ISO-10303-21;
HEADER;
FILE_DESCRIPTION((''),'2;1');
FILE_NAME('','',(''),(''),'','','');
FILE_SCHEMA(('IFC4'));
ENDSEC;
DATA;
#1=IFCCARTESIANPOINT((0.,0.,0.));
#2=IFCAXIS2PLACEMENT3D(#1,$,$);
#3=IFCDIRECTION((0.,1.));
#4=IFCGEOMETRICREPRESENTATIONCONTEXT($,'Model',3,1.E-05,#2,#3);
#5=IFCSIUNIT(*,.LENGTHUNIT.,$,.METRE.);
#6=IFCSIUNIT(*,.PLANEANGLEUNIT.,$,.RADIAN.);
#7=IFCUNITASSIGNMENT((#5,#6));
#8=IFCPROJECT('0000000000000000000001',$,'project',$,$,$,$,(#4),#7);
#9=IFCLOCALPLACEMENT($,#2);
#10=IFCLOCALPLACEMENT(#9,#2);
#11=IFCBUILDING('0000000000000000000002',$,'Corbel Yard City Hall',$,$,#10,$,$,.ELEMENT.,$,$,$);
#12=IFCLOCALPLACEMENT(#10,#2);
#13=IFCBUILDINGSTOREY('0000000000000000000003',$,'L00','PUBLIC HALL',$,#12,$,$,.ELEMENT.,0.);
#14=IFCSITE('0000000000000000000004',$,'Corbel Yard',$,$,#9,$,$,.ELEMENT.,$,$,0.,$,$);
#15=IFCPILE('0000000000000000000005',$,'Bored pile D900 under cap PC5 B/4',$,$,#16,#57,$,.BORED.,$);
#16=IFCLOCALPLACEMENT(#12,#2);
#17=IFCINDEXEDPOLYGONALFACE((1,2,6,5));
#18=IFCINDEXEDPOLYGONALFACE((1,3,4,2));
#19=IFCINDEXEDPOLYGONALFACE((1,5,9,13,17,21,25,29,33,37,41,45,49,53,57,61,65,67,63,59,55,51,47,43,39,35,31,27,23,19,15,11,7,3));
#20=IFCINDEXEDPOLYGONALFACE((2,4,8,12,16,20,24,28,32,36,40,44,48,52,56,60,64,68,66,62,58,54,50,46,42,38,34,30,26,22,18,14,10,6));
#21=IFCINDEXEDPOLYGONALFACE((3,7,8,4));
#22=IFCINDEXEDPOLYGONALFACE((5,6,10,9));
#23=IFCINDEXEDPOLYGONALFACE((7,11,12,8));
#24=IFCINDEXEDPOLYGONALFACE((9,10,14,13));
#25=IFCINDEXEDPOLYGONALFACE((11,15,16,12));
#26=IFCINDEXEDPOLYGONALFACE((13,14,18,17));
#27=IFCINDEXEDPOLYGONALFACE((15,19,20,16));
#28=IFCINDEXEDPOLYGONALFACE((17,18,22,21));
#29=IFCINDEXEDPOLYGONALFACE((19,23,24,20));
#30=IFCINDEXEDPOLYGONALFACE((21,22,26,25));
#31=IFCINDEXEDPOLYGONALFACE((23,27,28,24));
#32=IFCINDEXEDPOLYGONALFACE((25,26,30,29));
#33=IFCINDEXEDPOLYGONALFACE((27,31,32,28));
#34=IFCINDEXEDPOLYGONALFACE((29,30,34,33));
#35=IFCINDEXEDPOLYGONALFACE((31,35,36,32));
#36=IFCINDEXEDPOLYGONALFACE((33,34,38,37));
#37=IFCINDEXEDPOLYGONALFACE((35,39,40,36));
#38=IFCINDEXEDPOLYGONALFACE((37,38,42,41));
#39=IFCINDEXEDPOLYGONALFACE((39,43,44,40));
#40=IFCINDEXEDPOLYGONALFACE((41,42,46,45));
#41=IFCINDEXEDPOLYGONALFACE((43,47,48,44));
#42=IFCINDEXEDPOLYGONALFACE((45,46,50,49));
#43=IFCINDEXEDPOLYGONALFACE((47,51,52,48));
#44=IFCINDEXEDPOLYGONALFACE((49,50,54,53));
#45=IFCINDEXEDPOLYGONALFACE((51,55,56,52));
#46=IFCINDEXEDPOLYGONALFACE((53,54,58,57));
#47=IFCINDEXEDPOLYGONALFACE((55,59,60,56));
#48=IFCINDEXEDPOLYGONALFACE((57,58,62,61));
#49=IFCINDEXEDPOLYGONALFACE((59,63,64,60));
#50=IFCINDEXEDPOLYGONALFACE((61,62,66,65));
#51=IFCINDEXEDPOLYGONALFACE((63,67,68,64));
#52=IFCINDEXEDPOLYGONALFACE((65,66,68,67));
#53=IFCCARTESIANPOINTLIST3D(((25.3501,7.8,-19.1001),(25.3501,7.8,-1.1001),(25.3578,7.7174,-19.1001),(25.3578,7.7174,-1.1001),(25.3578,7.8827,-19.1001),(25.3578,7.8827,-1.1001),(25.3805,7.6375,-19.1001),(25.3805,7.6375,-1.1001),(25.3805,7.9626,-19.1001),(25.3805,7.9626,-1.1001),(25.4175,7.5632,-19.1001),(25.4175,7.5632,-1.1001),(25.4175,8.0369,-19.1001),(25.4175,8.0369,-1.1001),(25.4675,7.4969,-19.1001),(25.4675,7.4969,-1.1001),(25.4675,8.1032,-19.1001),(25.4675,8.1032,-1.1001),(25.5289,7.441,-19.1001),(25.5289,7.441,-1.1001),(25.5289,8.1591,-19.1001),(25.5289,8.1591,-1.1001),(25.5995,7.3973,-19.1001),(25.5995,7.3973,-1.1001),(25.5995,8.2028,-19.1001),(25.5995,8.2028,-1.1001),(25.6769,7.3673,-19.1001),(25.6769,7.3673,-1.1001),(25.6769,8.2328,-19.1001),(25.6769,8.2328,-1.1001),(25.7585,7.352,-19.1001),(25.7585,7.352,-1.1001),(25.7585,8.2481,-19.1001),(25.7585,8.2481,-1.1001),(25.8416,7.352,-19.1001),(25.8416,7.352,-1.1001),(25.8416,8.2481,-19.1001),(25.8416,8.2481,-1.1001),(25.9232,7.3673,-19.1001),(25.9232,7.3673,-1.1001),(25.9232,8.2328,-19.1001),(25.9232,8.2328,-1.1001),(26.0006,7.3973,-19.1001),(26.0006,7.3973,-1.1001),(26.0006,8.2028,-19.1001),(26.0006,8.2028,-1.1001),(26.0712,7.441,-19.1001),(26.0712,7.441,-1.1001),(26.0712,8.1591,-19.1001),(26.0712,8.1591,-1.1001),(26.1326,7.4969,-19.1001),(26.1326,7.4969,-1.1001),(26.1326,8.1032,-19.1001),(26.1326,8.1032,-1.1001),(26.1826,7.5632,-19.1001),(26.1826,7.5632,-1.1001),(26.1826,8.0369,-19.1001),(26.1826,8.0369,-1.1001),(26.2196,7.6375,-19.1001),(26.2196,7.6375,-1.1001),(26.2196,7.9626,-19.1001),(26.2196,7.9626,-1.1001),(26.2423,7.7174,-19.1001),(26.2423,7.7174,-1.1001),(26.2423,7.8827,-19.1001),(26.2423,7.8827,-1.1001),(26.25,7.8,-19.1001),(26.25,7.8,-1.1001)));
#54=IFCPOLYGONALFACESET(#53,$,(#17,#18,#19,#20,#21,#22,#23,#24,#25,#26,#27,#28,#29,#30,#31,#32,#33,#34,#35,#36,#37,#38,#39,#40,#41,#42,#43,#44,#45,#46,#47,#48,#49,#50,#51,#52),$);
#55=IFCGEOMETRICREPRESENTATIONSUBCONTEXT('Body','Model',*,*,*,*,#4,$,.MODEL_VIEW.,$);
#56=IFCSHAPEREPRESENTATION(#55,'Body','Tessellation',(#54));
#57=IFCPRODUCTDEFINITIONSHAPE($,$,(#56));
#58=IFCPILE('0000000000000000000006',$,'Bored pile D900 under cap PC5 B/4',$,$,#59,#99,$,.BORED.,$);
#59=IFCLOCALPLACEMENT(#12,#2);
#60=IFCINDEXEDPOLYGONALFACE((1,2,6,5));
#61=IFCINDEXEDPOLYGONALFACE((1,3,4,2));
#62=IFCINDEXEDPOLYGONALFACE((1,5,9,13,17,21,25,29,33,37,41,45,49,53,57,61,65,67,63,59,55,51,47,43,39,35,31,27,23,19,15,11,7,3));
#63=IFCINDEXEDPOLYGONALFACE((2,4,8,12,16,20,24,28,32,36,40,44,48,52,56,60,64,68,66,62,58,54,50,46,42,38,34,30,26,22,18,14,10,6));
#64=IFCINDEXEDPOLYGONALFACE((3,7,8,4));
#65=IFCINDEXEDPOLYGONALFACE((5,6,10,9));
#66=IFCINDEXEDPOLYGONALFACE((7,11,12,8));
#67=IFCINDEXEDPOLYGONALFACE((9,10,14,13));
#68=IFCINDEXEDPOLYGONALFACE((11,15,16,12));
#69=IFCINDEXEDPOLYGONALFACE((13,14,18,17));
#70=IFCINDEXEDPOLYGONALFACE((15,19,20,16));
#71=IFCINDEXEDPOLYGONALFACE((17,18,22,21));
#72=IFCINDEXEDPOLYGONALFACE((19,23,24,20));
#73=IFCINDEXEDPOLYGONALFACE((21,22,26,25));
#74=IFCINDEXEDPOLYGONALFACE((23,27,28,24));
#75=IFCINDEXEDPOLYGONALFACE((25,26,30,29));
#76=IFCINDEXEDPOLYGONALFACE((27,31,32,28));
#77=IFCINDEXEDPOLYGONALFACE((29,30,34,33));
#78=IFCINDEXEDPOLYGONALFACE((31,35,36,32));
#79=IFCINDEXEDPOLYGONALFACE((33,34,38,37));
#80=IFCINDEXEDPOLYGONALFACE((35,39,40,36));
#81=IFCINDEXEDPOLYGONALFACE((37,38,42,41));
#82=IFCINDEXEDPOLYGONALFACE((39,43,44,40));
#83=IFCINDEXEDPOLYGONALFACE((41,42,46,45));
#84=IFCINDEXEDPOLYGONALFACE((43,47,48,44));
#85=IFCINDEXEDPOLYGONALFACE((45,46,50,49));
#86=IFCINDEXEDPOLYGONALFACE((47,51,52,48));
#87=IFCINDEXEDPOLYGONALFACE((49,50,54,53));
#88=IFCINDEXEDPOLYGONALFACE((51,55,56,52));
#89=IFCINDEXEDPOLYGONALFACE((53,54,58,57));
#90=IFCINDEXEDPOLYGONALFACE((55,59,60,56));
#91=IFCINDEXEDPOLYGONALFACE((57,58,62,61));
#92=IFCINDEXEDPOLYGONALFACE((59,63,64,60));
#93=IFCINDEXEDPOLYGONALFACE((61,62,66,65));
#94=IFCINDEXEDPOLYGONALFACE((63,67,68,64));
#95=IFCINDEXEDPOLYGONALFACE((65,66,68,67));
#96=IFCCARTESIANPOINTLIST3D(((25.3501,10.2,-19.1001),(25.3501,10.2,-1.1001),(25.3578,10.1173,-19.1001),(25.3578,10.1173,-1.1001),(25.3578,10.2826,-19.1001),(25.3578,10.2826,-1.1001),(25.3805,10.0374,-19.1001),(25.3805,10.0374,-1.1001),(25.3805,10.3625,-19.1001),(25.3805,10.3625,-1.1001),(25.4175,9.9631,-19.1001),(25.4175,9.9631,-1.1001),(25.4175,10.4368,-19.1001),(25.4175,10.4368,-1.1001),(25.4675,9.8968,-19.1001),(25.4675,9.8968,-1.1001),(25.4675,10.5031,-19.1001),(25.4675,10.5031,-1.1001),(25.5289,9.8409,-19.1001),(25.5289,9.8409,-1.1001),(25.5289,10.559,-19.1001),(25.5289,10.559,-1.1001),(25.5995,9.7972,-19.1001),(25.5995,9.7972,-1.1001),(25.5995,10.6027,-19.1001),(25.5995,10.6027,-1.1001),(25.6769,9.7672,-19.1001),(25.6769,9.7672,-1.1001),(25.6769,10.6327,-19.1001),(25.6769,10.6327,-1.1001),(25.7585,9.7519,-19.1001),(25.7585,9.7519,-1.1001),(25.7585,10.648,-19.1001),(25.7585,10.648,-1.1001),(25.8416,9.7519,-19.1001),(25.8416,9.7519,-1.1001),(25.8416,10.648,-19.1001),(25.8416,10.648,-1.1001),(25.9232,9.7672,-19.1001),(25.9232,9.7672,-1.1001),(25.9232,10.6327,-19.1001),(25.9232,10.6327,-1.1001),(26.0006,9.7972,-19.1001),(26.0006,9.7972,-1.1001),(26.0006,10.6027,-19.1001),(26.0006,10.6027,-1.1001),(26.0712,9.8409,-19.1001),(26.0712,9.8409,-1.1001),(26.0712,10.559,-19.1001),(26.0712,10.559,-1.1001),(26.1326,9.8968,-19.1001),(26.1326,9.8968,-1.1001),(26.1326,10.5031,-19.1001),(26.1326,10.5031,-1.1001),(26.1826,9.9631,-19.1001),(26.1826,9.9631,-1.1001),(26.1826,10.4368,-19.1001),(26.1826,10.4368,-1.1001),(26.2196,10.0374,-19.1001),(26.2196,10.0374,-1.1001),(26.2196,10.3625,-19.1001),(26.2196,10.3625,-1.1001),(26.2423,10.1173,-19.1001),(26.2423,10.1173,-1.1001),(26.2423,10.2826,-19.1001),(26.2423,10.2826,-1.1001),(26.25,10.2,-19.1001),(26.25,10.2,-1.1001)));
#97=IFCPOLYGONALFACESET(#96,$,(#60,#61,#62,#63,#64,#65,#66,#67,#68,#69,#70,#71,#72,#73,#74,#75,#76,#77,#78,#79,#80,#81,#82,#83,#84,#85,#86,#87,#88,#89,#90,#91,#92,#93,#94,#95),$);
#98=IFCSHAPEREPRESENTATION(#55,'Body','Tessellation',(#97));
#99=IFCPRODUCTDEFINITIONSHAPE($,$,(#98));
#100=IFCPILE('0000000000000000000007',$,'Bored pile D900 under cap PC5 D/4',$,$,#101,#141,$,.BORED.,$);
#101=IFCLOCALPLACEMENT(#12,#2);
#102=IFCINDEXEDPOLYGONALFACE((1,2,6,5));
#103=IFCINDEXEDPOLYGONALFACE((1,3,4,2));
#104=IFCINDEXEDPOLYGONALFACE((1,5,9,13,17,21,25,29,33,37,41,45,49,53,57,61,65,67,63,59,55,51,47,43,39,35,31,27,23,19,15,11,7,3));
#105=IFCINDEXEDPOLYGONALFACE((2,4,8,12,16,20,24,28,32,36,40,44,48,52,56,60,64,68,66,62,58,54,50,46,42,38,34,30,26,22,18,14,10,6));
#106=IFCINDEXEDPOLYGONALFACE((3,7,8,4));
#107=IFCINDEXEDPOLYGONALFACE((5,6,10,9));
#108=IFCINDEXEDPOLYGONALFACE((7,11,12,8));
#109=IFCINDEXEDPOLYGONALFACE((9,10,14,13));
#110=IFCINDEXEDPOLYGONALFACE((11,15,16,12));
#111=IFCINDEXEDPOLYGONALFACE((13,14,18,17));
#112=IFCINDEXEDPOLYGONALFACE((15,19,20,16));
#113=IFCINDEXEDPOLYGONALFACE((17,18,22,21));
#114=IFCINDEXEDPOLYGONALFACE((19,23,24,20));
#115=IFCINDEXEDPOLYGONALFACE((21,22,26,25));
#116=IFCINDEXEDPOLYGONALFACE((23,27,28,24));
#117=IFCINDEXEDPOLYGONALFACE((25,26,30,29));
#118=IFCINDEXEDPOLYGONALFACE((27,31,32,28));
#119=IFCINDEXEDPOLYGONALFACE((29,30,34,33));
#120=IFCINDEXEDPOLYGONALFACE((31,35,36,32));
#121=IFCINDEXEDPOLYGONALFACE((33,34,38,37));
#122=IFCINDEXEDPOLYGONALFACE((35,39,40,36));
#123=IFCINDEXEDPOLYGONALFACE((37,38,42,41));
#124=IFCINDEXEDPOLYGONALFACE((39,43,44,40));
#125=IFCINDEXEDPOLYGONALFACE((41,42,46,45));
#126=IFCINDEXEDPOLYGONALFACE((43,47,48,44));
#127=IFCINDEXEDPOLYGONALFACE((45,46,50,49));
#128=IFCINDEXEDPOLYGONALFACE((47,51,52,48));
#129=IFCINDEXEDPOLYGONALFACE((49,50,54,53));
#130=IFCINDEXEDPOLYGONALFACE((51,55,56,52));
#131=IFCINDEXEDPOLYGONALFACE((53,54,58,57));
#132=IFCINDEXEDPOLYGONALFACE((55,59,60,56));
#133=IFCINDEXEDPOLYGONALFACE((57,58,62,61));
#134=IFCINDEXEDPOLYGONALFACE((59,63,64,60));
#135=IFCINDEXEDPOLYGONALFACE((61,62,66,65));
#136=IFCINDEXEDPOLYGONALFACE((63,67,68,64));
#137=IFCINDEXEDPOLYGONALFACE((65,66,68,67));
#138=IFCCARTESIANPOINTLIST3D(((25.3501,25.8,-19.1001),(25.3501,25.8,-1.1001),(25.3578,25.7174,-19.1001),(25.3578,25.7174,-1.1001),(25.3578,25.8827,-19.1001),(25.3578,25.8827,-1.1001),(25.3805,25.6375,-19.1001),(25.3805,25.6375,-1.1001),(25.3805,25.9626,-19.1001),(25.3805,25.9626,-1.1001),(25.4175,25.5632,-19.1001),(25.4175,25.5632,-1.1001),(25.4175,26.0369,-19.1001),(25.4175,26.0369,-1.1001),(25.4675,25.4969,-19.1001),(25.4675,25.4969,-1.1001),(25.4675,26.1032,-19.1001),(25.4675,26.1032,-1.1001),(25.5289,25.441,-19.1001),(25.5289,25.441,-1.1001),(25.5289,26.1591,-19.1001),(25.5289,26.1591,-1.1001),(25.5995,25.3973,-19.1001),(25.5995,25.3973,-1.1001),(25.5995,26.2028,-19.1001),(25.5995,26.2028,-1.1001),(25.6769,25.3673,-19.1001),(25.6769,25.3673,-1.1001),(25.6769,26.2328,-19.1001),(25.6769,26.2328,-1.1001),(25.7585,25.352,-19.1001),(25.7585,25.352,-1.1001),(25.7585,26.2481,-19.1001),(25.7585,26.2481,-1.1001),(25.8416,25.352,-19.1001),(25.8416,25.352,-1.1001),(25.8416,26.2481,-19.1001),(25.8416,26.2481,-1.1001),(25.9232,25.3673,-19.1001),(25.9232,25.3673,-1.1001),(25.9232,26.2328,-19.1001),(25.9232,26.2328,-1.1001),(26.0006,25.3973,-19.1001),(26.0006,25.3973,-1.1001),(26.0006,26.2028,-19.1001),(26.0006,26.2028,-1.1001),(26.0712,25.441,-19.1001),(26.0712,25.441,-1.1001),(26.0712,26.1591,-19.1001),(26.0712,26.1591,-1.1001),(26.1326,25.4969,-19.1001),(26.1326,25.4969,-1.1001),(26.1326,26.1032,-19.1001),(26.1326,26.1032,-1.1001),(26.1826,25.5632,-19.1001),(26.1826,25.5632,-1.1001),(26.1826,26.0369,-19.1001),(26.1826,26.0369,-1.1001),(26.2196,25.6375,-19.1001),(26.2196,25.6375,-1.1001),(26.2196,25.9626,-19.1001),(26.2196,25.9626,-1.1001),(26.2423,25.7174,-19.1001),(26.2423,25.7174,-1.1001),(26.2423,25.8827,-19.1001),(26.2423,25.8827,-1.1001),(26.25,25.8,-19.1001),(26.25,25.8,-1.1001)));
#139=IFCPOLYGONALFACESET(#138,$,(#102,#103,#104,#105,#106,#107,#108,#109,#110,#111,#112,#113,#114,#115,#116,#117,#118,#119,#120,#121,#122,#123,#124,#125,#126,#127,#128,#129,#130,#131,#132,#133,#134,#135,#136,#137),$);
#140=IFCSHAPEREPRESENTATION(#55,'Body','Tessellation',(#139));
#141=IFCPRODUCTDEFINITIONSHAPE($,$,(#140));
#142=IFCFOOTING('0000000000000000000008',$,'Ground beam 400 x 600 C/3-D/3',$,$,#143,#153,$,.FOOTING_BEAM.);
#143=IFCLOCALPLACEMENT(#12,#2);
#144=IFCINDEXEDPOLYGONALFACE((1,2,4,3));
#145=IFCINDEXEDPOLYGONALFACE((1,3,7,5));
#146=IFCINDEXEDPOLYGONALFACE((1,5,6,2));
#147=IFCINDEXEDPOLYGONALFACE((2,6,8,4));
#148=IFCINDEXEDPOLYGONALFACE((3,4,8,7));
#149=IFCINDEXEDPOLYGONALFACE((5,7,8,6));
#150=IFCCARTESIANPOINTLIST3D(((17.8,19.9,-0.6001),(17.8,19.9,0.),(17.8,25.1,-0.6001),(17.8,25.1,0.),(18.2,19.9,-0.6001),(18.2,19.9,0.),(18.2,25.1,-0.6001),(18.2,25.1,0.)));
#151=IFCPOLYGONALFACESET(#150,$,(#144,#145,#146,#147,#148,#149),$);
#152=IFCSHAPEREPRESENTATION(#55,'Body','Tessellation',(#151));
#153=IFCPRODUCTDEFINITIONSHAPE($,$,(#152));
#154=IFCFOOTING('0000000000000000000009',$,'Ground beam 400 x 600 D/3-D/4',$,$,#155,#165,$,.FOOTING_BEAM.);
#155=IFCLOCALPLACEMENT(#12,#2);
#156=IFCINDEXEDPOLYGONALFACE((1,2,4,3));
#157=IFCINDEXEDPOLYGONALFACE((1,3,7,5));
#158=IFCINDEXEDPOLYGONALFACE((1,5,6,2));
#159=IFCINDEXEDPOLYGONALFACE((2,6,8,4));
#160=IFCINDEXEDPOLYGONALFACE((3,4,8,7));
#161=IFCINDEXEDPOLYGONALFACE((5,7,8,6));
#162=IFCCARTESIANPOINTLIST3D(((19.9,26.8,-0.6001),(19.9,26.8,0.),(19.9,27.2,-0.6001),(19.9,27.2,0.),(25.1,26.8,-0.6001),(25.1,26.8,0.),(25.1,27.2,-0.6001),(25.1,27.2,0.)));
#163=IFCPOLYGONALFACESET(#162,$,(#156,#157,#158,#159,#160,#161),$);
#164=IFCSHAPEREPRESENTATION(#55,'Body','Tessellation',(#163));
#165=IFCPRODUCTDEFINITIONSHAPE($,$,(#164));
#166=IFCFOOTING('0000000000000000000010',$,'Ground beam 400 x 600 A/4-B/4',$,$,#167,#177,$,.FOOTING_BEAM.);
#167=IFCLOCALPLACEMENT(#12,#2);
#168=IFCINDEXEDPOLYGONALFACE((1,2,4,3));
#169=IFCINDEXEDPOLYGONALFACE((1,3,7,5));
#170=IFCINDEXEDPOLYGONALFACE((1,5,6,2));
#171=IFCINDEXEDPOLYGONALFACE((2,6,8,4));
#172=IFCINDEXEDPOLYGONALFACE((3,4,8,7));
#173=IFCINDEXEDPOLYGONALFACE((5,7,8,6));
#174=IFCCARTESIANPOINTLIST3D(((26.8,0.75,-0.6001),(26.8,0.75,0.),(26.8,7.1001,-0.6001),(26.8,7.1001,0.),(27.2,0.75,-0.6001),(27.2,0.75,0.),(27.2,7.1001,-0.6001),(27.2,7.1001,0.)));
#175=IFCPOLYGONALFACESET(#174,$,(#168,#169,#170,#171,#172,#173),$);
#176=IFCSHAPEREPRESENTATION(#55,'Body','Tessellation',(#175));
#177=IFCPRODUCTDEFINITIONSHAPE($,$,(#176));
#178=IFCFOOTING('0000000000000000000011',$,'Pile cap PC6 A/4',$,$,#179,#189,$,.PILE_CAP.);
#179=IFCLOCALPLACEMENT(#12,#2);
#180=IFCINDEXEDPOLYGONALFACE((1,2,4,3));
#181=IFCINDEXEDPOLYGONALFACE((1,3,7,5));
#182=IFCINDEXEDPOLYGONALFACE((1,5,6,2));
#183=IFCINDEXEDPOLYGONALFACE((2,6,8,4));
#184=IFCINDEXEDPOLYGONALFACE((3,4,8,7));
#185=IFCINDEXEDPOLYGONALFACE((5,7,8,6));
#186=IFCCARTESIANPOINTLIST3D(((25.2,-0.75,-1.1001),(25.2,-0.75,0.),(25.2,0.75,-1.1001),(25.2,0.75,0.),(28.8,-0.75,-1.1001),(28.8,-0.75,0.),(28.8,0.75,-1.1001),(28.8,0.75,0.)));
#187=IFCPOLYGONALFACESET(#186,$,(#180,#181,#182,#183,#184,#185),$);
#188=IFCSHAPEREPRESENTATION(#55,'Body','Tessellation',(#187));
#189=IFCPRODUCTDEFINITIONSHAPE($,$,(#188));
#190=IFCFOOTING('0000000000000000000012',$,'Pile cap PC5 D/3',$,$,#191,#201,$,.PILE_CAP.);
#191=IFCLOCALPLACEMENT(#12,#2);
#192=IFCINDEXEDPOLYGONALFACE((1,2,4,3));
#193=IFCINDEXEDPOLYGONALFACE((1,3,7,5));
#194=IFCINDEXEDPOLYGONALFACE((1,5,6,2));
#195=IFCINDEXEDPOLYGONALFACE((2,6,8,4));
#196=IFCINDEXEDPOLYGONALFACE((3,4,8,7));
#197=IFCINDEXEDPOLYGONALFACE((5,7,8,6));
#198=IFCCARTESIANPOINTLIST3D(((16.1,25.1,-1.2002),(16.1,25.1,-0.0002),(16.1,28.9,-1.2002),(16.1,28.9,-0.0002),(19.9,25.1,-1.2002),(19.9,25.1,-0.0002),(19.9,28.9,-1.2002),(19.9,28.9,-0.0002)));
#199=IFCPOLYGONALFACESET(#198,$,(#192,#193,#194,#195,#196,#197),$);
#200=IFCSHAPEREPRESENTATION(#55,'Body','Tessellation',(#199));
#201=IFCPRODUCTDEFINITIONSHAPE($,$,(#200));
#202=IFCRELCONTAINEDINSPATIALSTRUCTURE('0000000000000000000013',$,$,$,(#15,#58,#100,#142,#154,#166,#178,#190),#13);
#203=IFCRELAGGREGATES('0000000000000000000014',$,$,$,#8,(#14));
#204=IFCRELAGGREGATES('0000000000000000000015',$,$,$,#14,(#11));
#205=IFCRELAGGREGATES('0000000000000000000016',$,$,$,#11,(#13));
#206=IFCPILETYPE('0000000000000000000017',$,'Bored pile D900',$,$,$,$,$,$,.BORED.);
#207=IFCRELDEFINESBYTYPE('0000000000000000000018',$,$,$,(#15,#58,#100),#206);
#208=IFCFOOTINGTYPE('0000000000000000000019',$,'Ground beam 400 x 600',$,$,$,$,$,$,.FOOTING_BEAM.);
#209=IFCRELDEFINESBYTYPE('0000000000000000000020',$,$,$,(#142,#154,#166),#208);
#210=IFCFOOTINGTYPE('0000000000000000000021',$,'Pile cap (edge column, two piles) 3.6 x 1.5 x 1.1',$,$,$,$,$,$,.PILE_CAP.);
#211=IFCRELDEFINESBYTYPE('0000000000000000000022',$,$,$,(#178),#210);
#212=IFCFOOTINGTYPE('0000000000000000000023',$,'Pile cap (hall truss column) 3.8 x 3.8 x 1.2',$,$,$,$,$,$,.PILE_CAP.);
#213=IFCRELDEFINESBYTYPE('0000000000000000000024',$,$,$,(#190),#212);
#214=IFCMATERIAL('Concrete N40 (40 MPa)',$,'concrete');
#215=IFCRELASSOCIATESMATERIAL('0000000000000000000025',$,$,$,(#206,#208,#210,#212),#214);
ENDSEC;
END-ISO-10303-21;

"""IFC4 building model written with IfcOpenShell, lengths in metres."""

from ifc_helpers import new_model, si_unit, direction, frame, origin, origin_2d, place, context, subcontext, project, spatial, rectangle, circle, extrude, material, material_profile, profile_set, type_object, element, save


model = new_model("IFC4")

# Units and contexts
model_context = context("Model", 3, precision=1e-05, world=origin(), true_north=direction((0.0, 1.0)))
body_context = subcontext(model_context, "Body", "Model", "MODEL_VIEW")
ifc_project = project(units=[si_unit("LENGTHUNIT", "METRE"), si_unit("PLANEANGLEUNIT", "RADIAN")], contexts=[model_context])

# Site, building, storey
site_placement = place(None, origin())
site = spatial("IfcSite", under=ifc_project, at=site_placement, Name="Corbel Yard", CompositionType="ELEMENT", RefElevation=0.0)
building_placement = place(site_placement, origin())
building = spatial("IfcBuilding", under=site, at=building_placement, Name="Corbel Yard City Hall", CompositionType="ELEMENT")
storey_placement = place(building_placement, origin())
storey = spatial("IfcBuildingStorey", under=building, at=storey_placement, Name="L00", Description="PUBLIC HALL", CompositionType="ELEMENT", Elevation=0.0)

# Piles
ifc_material_1 = material(Name="Concrete N40 (40 MPa)", Category="concrete")
ifc_material_profile_1 = material_profile(ifc_material_1, circle(Radius=0.45, at=origin_2d()), Name="D900")
ifc_profile_set_1 = profile_set([ifc_material_profile_1], Name="Concrete N40 (40 MPa)")
pile_type = type_object("IfcPileType", Name="Bored pile D900", PredefinedType="BORED", material=ifc_profile_set_1)
for number, where, z_axis, x_axis, name in (
    (1, (25.8, 7.8, -1.1001), (0.0, 0.0, -1.0), (1.0, 0.0, 0.0), "Bored pile D900 under cap PC5 B/4"),
    (2, (25.8, 10.2, -1.1001), (0.0, 0.0, -1.0), (1.0, 0.0, 0.0), "Bored pile D900 under cap PC5 B/4"),
    (3, (25.8, 25.8, -1.1001), (0.0, 0.0, -1.0), (1.0, 0.0, 0.0), "Bored pile D900 under cap PC5 D/4"),
):
    element("IfcPile", number, at=place(storey_placement, frame(where, z_axis=z_axis, x_axis=x_axis)), inside=storey, type_object=pile_type, Name=name, PredefinedType="BORED", context=body_context, shape_type="SweptSolid", body=[
        extrude(circle(Radius=0.45, at=origin_2d()), origin(), (0.0, 0.0, 1.0), 18.0),
    ])

# Footings
footing_type_1 = type_object("IfcFootingType", Name="Ground beam 400 x 600", PredefinedType="FOOTING_BEAM", material=ifc_material_1)
footing_1_placement = place(storey_placement, frame((18.0, 22.5, -0.6001), z_axis=(0.0, 0.0, 1.0), x_axis=(1.0, 0.0, 0.0)))
element("IfcFooting", 4, at=footing_1_placement, inside=storey, type_object=footing_type_1, Name="Ground beam 400 x 600 C/3-D/3", PredefinedType="FOOTING_BEAM", context=body_context, shape_type="SweptSolid", body=[
    extrude(rectangle(XDim=0.3999, YDim=5.2, at=origin_2d()), origin(), (0.0, 0.0, 1.0), 0.6001),
])
footing_2_placement = place(storey_placement, frame((22.5, 27.0, -0.6001), z_axis=(0.0, 0.0, 1.0), x_axis=(1.0, 0.0, 0.0)))
element("IfcFooting", 5, at=footing_2_placement, inside=storey, type_object=footing_type_1, Name="Ground beam 400 x 600 D/3-D/4", PredefinedType="FOOTING_BEAM", context=body_context, shape_type="SweptSolid", body=[
    extrude(rectangle(XDim=5.2, YDim=0.3999, at=origin_2d()), origin(), (0.0, 0.0, 1.0), 0.6001),
])
footing_3_placement = place(storey_placement, frame((27.0, 3.925, -0.6001), z_axis=(0.0, 0.0, 1.0), x_axis=(1.0, 0.0, 0.0)))
element("IfcFooting", 6, at=footing_3_placement, inside=storey, type_object=footing_type_1, Name="Ground beam 400 x 600 A/4-B/4", PredefinedType="FOOTING_BEAM", context=body_context, shape_type="SweptSolid", body=[
    extrude(rectangle(XDim=0.3999, YDim=6.3501, at=origin_2d()), origin(), (0.0, 0.0, 1.0), 0.6001),
])
footing_type_2 = type_object("IfcFootingType", Name="Pile cap (edge column, two piles) 3.6 x 1.5 x 1.1", PredefinedType="PILE_CAP", material=ifc_material_1)
footing_4_placement = place(storey_placement, frame((27.0, 0.0, -1.1001), z_axis=(0.0, 0.0, 1.0), x_axis=(1.0, 0.0, 0.0)))
element("IfcFooting", 7, at=footing_4_placement, inside=storey, type_object=footing_type_2, Name="Pile cap PC6 A/4", PredefinedType="PILE_CAP", context=body_context, shape_type="SweptSolid", body=[
    extrude(rectangle(XDim=3.6001, YDim=1.5, at=origin_2d()), origin(), (0.0, 0.0, 1.0), 1.1001),
])
footing_type_3 = type_object("IfcFootingType", Name="Pile cap (hall truss column) 3.8 x 3.8 x 1.2", PredefinedType="PILE_CAP", material=ifc_material_1)
for number, where, z_axis, x_axis, name in (
    (8, (18.0, 27.0, -1.2002), (0.0, 0.0, 1.0), (1.0, 0.0, 0.0), "Pile cap PC5 D/3"),
):
    element("IfcFooting", number, at=place(storey_placement, frame(where, z_axis=z_axis, x_axis=x_axis)), inside=storey, type_object=footing_type_3, Name=name, PredefinedType="PILE_CAP", context=body_context, shape_type="SweptSolid", body=[
        extrude(rectangle(XDim=3.8, YDim=3.8, at=origin_2d()), origin(), (0.0, 0.0, 1.0), 1.2),
    ])

save(model, "model.ifc")
